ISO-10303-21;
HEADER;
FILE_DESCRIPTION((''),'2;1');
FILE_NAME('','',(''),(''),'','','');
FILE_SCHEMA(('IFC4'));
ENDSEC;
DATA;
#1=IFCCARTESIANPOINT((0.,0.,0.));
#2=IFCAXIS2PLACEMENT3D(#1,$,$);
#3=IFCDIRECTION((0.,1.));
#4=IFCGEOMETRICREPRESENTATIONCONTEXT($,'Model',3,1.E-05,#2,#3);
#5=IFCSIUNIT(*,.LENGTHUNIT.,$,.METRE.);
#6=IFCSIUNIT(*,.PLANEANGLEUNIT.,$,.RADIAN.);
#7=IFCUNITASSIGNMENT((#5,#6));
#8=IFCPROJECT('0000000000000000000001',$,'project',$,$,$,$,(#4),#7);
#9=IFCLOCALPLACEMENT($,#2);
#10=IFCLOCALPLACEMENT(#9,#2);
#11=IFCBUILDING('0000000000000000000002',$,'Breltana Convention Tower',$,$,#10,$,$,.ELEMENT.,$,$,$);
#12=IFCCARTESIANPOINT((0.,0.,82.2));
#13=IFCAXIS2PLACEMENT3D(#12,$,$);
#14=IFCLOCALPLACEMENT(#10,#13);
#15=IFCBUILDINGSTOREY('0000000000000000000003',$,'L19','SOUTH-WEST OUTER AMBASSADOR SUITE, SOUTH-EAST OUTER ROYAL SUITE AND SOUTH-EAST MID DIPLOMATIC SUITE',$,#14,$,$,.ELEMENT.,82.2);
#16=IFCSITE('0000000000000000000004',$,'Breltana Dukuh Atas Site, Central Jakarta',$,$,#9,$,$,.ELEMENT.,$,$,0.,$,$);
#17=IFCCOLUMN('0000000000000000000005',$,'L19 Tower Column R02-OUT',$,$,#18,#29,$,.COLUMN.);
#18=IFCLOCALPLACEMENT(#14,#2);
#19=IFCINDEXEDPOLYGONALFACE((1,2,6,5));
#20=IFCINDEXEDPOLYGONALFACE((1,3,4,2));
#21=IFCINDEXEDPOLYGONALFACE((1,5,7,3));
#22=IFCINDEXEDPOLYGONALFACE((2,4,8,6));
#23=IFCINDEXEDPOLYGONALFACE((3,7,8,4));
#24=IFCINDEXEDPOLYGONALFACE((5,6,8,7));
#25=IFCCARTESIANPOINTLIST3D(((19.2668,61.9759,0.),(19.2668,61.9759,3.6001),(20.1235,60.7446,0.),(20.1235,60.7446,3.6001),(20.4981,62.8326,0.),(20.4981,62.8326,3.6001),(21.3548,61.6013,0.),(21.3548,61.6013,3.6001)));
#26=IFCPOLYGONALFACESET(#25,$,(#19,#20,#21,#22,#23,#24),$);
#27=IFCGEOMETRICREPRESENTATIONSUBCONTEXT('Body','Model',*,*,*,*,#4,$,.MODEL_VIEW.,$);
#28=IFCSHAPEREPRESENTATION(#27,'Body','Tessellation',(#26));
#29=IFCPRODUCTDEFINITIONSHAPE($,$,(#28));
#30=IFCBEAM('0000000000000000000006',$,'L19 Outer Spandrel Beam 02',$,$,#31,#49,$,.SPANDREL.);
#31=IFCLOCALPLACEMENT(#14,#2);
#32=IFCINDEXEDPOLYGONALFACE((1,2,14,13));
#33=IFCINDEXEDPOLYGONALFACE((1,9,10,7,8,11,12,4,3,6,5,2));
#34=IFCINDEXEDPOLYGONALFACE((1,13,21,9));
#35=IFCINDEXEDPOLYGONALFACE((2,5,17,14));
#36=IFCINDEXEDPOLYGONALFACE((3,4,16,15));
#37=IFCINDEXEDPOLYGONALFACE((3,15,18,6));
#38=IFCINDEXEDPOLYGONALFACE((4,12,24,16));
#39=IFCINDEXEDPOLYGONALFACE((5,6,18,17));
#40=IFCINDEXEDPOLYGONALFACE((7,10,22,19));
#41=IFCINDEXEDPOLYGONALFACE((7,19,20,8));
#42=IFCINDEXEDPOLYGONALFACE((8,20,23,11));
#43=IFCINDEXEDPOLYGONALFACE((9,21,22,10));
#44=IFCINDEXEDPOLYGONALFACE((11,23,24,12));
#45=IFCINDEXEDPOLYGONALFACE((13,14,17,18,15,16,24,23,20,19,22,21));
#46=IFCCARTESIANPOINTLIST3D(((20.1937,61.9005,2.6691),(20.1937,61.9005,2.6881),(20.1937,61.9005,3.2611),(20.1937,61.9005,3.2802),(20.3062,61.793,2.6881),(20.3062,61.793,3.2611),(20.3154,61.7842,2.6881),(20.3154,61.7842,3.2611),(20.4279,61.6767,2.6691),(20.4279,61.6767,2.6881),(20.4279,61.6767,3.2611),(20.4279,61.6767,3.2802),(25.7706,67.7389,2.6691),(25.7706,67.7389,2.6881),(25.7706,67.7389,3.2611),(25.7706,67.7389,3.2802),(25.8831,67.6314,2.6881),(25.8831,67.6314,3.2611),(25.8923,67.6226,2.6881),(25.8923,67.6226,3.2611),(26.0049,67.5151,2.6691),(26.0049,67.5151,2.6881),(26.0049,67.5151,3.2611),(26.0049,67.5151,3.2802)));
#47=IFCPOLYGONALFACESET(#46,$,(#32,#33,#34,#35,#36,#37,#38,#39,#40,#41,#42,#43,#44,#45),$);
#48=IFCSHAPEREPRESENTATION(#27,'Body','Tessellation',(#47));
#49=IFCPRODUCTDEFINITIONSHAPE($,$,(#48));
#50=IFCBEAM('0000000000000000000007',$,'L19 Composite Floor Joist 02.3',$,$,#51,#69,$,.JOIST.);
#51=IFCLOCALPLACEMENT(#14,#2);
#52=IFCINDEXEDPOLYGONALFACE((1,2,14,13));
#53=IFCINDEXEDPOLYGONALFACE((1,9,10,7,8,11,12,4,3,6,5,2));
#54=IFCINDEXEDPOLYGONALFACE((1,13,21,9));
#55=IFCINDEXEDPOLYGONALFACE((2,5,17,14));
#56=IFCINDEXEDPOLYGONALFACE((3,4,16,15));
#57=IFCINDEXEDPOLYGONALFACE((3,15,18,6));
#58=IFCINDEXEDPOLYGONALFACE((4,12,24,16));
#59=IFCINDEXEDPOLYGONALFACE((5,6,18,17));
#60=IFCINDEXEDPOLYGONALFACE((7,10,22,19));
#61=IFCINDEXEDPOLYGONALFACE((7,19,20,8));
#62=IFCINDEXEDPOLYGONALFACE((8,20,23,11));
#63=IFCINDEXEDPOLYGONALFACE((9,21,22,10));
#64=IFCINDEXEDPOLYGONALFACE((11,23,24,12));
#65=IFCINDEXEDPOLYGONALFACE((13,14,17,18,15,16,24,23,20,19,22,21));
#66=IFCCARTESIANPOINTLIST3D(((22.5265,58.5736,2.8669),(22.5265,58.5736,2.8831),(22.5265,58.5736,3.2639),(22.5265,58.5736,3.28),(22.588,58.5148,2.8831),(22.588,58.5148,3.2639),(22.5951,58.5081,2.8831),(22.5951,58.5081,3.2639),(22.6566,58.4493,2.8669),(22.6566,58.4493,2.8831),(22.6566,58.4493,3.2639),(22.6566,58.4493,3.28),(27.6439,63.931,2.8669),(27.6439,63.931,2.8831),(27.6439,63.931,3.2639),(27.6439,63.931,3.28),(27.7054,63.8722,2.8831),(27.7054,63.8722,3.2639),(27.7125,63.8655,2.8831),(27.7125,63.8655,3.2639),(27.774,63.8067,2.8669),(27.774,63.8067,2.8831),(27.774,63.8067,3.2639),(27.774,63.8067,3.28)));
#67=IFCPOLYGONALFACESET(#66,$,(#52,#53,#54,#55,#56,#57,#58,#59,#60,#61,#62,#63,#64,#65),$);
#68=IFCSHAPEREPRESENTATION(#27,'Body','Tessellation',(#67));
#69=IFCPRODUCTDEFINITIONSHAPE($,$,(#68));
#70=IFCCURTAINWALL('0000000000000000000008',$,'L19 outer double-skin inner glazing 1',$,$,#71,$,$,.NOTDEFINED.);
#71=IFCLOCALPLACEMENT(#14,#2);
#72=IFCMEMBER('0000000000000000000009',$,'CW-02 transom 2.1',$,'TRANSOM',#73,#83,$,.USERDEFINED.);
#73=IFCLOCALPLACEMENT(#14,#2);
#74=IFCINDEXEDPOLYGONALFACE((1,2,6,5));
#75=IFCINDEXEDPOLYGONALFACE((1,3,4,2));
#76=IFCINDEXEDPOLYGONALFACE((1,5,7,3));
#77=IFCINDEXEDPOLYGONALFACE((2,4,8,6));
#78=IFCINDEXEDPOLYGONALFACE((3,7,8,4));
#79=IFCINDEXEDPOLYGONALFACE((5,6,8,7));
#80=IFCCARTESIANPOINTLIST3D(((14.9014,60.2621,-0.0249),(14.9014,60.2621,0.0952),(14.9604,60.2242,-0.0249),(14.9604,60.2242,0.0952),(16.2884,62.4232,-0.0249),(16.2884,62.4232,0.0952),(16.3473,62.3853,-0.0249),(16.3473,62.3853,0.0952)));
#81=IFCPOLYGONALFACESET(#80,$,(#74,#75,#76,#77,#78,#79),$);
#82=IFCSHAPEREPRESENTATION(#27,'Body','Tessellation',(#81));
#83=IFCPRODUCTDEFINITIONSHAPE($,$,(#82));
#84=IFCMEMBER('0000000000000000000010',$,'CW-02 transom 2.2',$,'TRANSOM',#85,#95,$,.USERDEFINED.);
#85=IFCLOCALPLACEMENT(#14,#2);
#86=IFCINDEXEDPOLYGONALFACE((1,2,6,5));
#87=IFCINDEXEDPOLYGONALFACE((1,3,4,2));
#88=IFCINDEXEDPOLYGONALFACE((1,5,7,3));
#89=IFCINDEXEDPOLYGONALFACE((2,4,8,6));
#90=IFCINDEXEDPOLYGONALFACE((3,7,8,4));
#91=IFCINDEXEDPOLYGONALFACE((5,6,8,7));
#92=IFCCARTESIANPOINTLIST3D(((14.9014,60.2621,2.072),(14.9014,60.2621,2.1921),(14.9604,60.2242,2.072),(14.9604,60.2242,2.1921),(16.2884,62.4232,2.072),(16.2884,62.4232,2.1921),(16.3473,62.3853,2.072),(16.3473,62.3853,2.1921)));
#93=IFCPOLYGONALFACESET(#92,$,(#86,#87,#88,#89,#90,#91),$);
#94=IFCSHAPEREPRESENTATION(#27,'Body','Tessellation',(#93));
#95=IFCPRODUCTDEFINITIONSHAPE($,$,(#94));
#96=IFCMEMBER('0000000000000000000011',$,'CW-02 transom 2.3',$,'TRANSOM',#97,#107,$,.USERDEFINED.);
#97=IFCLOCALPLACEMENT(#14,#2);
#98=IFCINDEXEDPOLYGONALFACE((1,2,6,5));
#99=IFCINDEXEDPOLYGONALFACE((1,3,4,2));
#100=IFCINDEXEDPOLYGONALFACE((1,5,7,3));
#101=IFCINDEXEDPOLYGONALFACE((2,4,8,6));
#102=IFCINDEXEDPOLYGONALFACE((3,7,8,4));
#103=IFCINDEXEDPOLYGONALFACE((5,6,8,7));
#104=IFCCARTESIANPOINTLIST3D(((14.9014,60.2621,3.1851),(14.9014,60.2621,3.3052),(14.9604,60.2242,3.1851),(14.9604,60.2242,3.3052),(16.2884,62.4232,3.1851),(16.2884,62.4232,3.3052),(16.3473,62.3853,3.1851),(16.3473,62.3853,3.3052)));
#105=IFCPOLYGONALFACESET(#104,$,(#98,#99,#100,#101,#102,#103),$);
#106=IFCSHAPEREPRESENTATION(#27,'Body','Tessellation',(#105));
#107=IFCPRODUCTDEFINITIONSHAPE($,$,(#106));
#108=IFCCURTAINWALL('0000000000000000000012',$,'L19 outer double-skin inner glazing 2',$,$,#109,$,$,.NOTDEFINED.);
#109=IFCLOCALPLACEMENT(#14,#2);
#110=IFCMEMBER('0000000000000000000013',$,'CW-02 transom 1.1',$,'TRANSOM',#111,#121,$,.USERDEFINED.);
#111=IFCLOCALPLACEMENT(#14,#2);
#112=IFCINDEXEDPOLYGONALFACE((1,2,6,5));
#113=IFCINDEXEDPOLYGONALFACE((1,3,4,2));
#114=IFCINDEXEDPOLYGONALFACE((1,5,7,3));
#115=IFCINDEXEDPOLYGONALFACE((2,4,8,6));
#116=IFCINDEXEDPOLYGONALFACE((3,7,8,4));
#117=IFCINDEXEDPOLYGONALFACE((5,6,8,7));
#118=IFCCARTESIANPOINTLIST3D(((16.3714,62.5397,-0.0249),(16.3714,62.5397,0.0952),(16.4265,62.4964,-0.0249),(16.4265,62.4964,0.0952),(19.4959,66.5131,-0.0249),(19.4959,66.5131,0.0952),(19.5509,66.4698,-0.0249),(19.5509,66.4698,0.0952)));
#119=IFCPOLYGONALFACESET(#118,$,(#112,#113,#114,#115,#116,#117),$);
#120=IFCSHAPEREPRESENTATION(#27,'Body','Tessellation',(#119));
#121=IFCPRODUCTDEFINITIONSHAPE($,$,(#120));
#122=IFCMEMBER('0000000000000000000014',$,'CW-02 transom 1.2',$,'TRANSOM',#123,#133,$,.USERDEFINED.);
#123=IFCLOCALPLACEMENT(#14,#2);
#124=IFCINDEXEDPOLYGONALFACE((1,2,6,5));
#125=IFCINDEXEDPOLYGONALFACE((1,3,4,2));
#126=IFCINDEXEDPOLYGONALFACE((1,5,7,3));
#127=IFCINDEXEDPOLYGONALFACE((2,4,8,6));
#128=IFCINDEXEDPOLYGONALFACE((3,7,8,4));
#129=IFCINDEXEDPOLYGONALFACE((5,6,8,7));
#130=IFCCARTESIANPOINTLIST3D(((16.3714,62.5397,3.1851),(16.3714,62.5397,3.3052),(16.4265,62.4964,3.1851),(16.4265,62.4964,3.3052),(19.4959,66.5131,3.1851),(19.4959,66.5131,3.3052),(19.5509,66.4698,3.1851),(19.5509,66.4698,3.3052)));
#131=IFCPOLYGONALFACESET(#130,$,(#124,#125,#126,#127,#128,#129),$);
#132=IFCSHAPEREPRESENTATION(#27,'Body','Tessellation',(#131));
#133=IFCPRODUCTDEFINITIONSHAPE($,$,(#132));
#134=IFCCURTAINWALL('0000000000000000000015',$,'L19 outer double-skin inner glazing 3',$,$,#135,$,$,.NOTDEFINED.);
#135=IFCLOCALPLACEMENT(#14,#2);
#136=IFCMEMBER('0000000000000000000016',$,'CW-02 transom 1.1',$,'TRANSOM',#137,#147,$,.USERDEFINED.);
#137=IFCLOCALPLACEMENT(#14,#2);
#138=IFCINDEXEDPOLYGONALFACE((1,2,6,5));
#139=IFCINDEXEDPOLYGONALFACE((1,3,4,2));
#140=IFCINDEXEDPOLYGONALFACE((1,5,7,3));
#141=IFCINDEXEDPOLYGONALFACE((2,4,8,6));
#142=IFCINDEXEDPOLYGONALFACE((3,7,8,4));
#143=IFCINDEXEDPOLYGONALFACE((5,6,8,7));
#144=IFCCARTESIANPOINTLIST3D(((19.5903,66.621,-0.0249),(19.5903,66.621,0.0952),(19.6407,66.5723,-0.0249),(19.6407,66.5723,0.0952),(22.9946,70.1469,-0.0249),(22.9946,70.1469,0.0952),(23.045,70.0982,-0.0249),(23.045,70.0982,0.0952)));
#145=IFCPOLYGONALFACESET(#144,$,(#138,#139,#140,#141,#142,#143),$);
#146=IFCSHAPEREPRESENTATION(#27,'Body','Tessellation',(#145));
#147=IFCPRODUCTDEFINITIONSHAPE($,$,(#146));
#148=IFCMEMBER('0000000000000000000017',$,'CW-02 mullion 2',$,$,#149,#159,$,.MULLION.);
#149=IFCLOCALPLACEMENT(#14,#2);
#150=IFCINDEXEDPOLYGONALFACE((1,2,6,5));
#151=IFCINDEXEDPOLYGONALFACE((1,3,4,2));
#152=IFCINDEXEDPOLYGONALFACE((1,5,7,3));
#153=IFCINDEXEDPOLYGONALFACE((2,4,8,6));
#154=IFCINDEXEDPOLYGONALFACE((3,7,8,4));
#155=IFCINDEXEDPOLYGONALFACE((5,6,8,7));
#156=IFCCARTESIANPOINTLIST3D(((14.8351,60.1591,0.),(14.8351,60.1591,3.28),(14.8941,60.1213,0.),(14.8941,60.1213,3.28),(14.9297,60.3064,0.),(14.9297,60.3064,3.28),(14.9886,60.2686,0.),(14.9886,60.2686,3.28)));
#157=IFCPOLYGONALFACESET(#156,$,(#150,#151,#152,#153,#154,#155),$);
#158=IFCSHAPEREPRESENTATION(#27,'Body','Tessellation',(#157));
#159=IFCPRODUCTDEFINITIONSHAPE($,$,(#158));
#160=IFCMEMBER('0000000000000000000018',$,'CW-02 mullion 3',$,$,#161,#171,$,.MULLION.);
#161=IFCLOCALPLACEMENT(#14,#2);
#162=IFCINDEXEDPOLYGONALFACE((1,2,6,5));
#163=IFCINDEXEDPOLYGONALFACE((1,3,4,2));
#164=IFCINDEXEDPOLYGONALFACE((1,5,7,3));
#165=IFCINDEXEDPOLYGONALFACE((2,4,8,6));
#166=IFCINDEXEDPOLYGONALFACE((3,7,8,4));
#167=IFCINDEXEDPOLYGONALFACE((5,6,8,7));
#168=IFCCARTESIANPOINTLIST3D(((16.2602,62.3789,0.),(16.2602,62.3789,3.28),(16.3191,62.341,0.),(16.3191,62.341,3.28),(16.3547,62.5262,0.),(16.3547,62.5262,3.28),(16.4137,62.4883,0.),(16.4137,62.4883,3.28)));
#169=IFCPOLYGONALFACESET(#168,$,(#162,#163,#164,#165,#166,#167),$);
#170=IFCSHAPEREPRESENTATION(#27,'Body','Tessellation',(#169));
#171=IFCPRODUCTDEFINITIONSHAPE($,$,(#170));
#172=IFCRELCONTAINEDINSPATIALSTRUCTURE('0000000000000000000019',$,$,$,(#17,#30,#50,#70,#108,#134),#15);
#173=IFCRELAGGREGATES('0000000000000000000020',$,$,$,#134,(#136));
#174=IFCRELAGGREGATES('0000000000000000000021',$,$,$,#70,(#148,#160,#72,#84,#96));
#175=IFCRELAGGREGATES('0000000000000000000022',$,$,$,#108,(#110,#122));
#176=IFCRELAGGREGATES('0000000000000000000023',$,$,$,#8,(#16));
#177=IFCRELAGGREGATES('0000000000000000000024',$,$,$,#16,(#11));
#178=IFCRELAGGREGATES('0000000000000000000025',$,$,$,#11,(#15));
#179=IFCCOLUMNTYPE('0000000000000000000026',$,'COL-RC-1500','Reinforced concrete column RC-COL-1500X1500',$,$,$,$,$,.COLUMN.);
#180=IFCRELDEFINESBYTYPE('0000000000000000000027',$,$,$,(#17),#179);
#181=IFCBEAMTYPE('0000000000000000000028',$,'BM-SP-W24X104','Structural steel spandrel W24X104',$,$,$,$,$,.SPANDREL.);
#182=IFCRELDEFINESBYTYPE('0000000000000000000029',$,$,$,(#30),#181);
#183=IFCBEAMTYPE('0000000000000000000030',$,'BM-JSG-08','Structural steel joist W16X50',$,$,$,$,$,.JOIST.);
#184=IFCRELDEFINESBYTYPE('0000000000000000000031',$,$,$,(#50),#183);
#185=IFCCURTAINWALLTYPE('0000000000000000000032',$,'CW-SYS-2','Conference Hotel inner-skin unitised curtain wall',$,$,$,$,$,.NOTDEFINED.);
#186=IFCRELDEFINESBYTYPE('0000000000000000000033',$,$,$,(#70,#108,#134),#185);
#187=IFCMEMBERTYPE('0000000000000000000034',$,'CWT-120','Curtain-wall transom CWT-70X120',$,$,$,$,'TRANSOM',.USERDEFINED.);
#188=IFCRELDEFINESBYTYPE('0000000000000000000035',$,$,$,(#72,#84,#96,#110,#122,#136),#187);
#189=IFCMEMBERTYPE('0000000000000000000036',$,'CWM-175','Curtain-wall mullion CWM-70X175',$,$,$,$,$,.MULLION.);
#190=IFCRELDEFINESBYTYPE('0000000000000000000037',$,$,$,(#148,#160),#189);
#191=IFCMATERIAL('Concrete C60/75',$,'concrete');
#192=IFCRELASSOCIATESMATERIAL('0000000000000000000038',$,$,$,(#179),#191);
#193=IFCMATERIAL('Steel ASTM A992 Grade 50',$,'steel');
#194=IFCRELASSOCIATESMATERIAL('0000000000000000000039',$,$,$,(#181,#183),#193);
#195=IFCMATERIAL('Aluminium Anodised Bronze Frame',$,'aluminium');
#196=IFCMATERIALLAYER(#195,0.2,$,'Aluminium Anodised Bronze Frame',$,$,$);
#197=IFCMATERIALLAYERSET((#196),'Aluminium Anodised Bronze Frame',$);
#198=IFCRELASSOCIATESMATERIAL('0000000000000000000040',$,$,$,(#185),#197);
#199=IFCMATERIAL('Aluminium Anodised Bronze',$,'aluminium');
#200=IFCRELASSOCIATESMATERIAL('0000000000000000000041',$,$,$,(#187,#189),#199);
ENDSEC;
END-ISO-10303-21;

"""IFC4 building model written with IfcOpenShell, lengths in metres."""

from ifc_helpers import new_model, si_unit, direction, frame, origin, origin_2d, place, context, subcontext, project, spatial, rectangle, i_section, extrude, source, transform, mapped, material, layer, layer_set, material_profile, profile_set, type_object, type_shapes, element, aggregate, save


model = new_model("IFC4")

# Units and contexts
model_context = context("Model", 3, precision=1e-05, world=origin(), true_north=direction((0.0, 1.0)))
body_context = subcontext(model_context, "Body", "Model", "MODEL_VIEW")
ifc_project = project(units=[si_unit("LENGTHUNIT", "METRE"), si_unit("PLANEANGLEUNIT", "RADIAN")], contexts=[model_context])

# Site, building, storey
site_placement = place(None, origin())
site = spatial("IfcSite", under=ifc_project, at=site_placement, Name="Breltana Dukuh Atas Site, Central Jakarta", CompositionType="ELEMENT", RefElevation=0.0)
building_placement = place(site_placement, origin())
building = spatial("IfcBuilding", under=site, at=building_placement, Name="Breltana Convention Tower", CompositionType="ELEMENT")
storey_placement = place(building_placement, frame((0.0, 0.0, 82.2)))
storey = spatial("IfcBuildingStorey", under=building, at=storey_placement, Name="L19", Description="SOUTH-WEST OUTER AMBASSADOR SUITE, SOUTH-EAST OUTER ROYAL SUITE AND SOUTH-EAST MID DIPLOMATIC SUITE", CompositionType="ELEMENT", Elevation=82.2)

# Column
ifc_material_1 = material(Name="Concrete C60/75", Category="concrete")
ifc_material_profile_1 = material_profile(ifc_material_1, rectangle(XDim=1.5, YDim=1.5, at=origin_2d()), Name="RC-COL-1500X1500")
ifc_profile_set_1 = profile_set([ifc_material_profile_1], Name="Concrete C60/75")
column_type = type_object("IfcColumnType", Name="COL-RC-1500", Description="Reinforced concrete column RC-COL-1500X1500", PredefinedType="COLUMN", material=ifc_profile_set_1)
shared_shape_1 = source(origin(), body_context, "Body", "SweptSolid", [
    extrude(rectangle(XDim=1.5, YDim=1.5, at=origin_2d()), origin(), (0.0, 0.0, 1.0), 3.6001),
])
column_placement = place(storey_placement, frame((20.3108, 61.7886, 0.0), z_axis=(0.0, 0.0, 1.0), x_axis=(-0.571143, 0.82085, 0.0)))
element("IfcColumn", 1, at=column_placement, inside=storey, type_object=column_type, Name="L19 Tower Column R02-OUT", PredefinedType="COLUMN", context=body_context, shape_type="MappedRepresentation", body=[
    mapped(shared_shape_1, transform((0.0, 0.0, 0.0), scale=1.0)),
])

# Beams
ifc_material_2 = material(Name="Steel ASTM A992 Grade 50", Category="steel")
ifc_material_profile_2 = material_profile(ifc_material_2, i_section(OverallWidth=0.324, OverallDepth=0.6111, WebThickness=0.0127, FlangeThickness=0.019, at=origin_2d()), Name="W24X104")
ifc_profile_set_2 = profile_set([ifc_material_profile_2], Name="Steel ASTM A992 Grade 50")
beam_type_1 = type_object("IfcBeamType", Name="BM-SP-W24X104", Description="Structural steel spandrel W24X104", PredefinedType="SPANDREL", material=ifc_profile_set_2)
shared_shape_2 = source(origin(), body_context, "Body", "SweptSolid", [
    extrude(i_section(OverallWidth=0.324, OverallDepth=0.6111, WebThickness=0.0127, FlangeThickness=0.019, at=origin_2d()), origin(), (0.0, 0.0, 1.0), 8.074),
])
beam_1_placement = place(storey_placement, frame((20.3108, 61.7886, 2.9746), z_axis=(0.690729, 0.723114, 0.0), x_axis=(-0.723114, 0.690729, 0.0)))
element("IfcBeam", 2, at=beam_1_placement, inside=storey, type_object=beam_type_1, Name="L19 Outer Spandrel Beam 02", PredefinedType="SPANDREL", context=body_context, shape_type="MappedRepresentation", body=[
    mapped(shared_shape_2, transform((0.0, 0.0, 0.0), scale=1.0)),
])
ifc_material_profile_3 = material_profile(ifc_material_2, i_section(OverallWidth=0.1799, OverallDepth=0.4131, WebThickness=0.0098, FlangeThickness=0.0161, at=origin_2d()), Name="W16X50")
ifc_profile_set_3 = profile_set([ifc_material_profile_3], Name="Steel ASTM A992 Grade 50")
beam_type_2 = type_object("IfcBeamType", Name="BM-JSG-08", Description="Structural steel joist W16X50", PredefinedType="JOIST", material=ifc_profile_set_3)
shared_shape_3 = source(origin(), body_context, "Body", "SweptSolid", [
    extrude(i_section(OverallWidth=0.1799, OverallDepth=0.4131, WebThickness=0.0098, FlangeThickness=0.0161, at=origin_2d()), origin(), (0.0, 0.0, 1.0), 7.4087),
])
beam_2_placement = place(storey_placement, frame((22.5916, 58.5115, 3.0735), z_axis=(0.690725, 0.723118, 0.0), x_axis=(-0.723118, 0.690725, 0.0)))
element("IfcBeam", 3, at=beam_2_placement, inside=storey, type_object=beam_type_2, Name="L19 Composite Floor Joist 02.3", PredefinedType="JOIST", context=body_context, shape_type="MappedRepresentation", body=[
    mapped(shared_shape_3, transform((0.0, 0.0, 0.0), scale=1.0)),
])

# Curtain walls, members
ifc_material_3 = material(Name="Aluminium Anodised Bronze Frame", Category="aluminium")
ifc_layer_1 = layer(ifc_material_3, 0.2, Name="Aluminium Anodised Bronze Frame")
ifc_layer_set_1 = layer_set([ifc_layer_1], Name="Aluminium Anodised Bronze Frame")
curtain_wall_type = type_object("IfcCurtainWallType", Name="CW-SYS-2", Description="Conference Hotel inner-skin unitised curtain wall", PredefinedType="NOTDEFINED", material=ifc_layer_set_1)
curtain_wall_1_placement = place(storey_placement, origin())
curtain_wall_1 = element("IfcCurtainWall", 4, at=curtain_wall_1_placement, inside=storey, type_object=curtain_wall_type, Name="L19 outer double-skin inner glazing 1", PredefinedType="NOTDEFINED")
ifc_material_4 = material(Name="Aluminium Anodised Bronze", Category="aluminium")
ifc_material_profile_4 = material_profile(ifc_material_4, rectangle(XDim=0.0701, YDim=0.1201, at=origin_2d()), Name="CWT-70X120")
ifc_profile_set_4 = profile_set([ifc_material_profile_4], Name="Aluminium Anodised Bronze")
member_type_1 = type_object("IfcMemberType", Name="CWT-120", Description="Curtain-wall transom CWT-70X120", ElementType="TRANSOM", PredefinedType="USERDEFINED", material=ifc_profile_set_4)
shared_shape_4 = source(origin(), body_context, "Body", "SweptSolid", [
    extrude(rectangle(XDim=0.0701, YDim=0.1201, at=origin_2d()), origin(), (0.0, 0.0, 1.0), 2.5679),
])
type_shapes(member_type_1, [shared_shape_4])
member_1_placement = place(storey_placement, frame((14.9309, 60.2432, 0.0352), z_axis=(0.540114, 0.841592, 0.0), x_axis=(-0.841592, 0.540114, 0.0)))
member_1 = element("IfcMember", 5, at=member_1_placement, type_object=member_type_1, Name="CW-02 transom 2.1", ObjectType="TRANSOM", PredefinedType="USERDEFINED", context=body_context, shape_type="MappedRepresentation", body=[
    mapped(shared_shape_4, transform((0.0, 0.0, 0.0), scale=1.0)),
])
member_2_placement = place(storey_placement, frame((14.9309, 60.2432, 2.1321), z_axis=(0.540114, 0.841592, 0.0), x_axis=(-0.841592, 0.540114, 0.0)))
member_2 = element("IfcMember", 6, at=member_2_placement, type_object=member_type_1, Name="CW-02 transom 2.2", ObjectType="TRANSOM", PredefinedType="USERDEFINED", context=body_context, shape_type="MappedRepresentation", body=[
    mapped(shared_shape_4, transform((0.0, 0.0, 0.0), scale=1.0)),
])
member_3_placement = place(storey_placement, frame((14.9309, 60.2432, 3.2451), z_axis=(0.540114, 0.841592, 0.0), x_axis=(-0.841592, 0.540114, 0.0)))
member_3 = element("IfcMember", 7, at=member_3_placement, type_object=member_type_1, Name="CW-02 transom 2.3", ObjectType="TRANSOM", PredefinedType="USERDEFINED", context=body_context, shape_type="MappedRepresentation", body=[
    mapped(shared_shape_4, transform((0.0, 0.0, 0.0), scale=1.0)),
])
curtain_wall_2_placement = place(storey_placement, origin())
curtain_wall_2 = element("IfcCurtainWall", 8, at=curtain_wall_2_placement, inside=storey, type_object=curtain_wall_type, Name="L19 outer double-skin inner glazing 2", PredefinedType="NOTDEFINED")
shared_shape_5 = source(origin(), body_context, "Body", "SweptSolid", [
    extrude(rectangle(XDim=0.0701, YDim=0.1201, at=origin_2d()), origin(), (0.0, 0.0, 1.0), 5.0547),
])
member_4_placement = place(storey_placement, frame((16.3989, 62.5181, 0.0352), z_axis=(0.618135, 0.786072, 0.0), x_axis=(-0.786072, 0.618135, 0.0)))
member_4 = element("IfcMember", 9, at=member_4_placement, type_object=member_type_1, Name="CW-02 transom 1.1", ObjectType="TRANSOM", PredefinedType="USERDEFINED", context=body_context, shape_type="MappedRepresentation", body=[
    mapped(shared_shape_5, transform((0.0, 0.0, 0.0), scale=1.0)),
])
member_5_placement = place(storey_placement, frame((16.3989, 62.5181, 3.2451), z_axis=(0.618135, 0.786072, 0.0), x_axis=(-0.786072, 0.618135, 0.0)))
member_5 = element("IfcMember", 10, at=member_5_placement, type_object=member_type_1, Name="CW-02 transom 1.2", ObjectType="TRANSOM", PredefinedType="USERDEFINED", context=body_context, shape_type="MappedRepresentation", body=[
    mapped(shared_shape_5, transform((0.0, 0.0, 0.0), scale=1.0)),
])

# Curtain wall, member
curtain_wall_3_placement = place(storey_placement, origin())
curtain_wall_3 = element("IfcCurtainWall", 11, at=curtain_wall_3_placement, inside=storey, type_object=curtain_wall_type, Name="L19 outer double-skin inner glazing 3", PredefinedType="NOTDEFINED")
shared_shape_6 = source(origin(), body_context, "Body", "SweptSolid", [
    extrude(rectangle(XDim=0.0701, YDim=0.1201, at=origin_2d()), origin(), (0.0, 0.0, 1.0), 4.9011),
])
member_6_placement = place(storey_placement, frame((19.6155, 66.5967, 0.0352), z_axis=(0.694595, 0.719401, 0.0), x_axis=(-0.719401, 0.694595, 0.0)))
member_6 = element("IfcMember", 12, at=member_6_placement, type_object=member_type_1, Name="CW-02 transom 1.1", ObjectType="TRANSOM", PredefinedType="USERDEFINED", context=body_context, shape_type="MappedRepresentation", body=[
    mapped(shared_shape_6, transform((0.0, 0.0, 0.0), scale=1.0)),
])

# Members
ifc_material_profile_5 = material_profile(ifc_material_4, rectangle(XDim=0.0701, YDim=0.175, at=origin_2d()), Name="CWM-70X175")
ifc_profile_set_5 = profile_set([ifc_material_profile_5], Name="Aluminium Anodised Bronze")
member_type_2 = type_object("IfcMemberType", Name="CWM-175", Description="Curtain-wall mullion CWM-70X175", PredefinedType="MULLION", material=ifc_profile_set_5)
shared_shape_7 = source(origin(), body_context, "Body", "SweptSolid", [
    extrude(rectangle(XDim=0.0701, YDim=0.175, at=origin_2d()), origin(), (0.0, 0.0, 1.0), 3.28),
])
member_7_placement = place(storey_placement, frame((14.9119, 60.2139, 0.0), z_axis=(0.0, 0.0, 1.0), x_axis=(-0.841549, 0.540181, 0.0)))
member_7 = element("IfcMember", 13, at=member_7_placement, type_object=member_type_2, Name="CW-02 mullion 2", PredefinedType="MULLION", context=body_context, shape_type="MappedRepresentation", body=[
    mapped(shared_shape_7, transform((0.0, 0.0, 0.0), scale=1.0)),
])
member_8_placement = place(storey_placement, frame((16.3369, 62.4336, 0.0), z_axis=(0.0, 0.0, 1.0), x_axis=(-0.841549, 0.540181, 0.0)))
member_8 = element("IfcMember", 14, at=member_8_placement, type_object=member_type_2, Name="CW-02 mullion 3", PredefinedType="MULLION", context=body_context, shape_type="MappedRepresentation", body=[
    mapped(shared_shape_7, transform((0.0, 0.0, 0.0), scale=1.0)),
])
aggregate(curtain_wall_3, [member_6])

aggregate(curtain_wall_1, [member_7, member_8, member_1, member_2, member_3])
aggregate(curtain_wall_2, [member_4, member_5])

save(model, "model.ifc")
